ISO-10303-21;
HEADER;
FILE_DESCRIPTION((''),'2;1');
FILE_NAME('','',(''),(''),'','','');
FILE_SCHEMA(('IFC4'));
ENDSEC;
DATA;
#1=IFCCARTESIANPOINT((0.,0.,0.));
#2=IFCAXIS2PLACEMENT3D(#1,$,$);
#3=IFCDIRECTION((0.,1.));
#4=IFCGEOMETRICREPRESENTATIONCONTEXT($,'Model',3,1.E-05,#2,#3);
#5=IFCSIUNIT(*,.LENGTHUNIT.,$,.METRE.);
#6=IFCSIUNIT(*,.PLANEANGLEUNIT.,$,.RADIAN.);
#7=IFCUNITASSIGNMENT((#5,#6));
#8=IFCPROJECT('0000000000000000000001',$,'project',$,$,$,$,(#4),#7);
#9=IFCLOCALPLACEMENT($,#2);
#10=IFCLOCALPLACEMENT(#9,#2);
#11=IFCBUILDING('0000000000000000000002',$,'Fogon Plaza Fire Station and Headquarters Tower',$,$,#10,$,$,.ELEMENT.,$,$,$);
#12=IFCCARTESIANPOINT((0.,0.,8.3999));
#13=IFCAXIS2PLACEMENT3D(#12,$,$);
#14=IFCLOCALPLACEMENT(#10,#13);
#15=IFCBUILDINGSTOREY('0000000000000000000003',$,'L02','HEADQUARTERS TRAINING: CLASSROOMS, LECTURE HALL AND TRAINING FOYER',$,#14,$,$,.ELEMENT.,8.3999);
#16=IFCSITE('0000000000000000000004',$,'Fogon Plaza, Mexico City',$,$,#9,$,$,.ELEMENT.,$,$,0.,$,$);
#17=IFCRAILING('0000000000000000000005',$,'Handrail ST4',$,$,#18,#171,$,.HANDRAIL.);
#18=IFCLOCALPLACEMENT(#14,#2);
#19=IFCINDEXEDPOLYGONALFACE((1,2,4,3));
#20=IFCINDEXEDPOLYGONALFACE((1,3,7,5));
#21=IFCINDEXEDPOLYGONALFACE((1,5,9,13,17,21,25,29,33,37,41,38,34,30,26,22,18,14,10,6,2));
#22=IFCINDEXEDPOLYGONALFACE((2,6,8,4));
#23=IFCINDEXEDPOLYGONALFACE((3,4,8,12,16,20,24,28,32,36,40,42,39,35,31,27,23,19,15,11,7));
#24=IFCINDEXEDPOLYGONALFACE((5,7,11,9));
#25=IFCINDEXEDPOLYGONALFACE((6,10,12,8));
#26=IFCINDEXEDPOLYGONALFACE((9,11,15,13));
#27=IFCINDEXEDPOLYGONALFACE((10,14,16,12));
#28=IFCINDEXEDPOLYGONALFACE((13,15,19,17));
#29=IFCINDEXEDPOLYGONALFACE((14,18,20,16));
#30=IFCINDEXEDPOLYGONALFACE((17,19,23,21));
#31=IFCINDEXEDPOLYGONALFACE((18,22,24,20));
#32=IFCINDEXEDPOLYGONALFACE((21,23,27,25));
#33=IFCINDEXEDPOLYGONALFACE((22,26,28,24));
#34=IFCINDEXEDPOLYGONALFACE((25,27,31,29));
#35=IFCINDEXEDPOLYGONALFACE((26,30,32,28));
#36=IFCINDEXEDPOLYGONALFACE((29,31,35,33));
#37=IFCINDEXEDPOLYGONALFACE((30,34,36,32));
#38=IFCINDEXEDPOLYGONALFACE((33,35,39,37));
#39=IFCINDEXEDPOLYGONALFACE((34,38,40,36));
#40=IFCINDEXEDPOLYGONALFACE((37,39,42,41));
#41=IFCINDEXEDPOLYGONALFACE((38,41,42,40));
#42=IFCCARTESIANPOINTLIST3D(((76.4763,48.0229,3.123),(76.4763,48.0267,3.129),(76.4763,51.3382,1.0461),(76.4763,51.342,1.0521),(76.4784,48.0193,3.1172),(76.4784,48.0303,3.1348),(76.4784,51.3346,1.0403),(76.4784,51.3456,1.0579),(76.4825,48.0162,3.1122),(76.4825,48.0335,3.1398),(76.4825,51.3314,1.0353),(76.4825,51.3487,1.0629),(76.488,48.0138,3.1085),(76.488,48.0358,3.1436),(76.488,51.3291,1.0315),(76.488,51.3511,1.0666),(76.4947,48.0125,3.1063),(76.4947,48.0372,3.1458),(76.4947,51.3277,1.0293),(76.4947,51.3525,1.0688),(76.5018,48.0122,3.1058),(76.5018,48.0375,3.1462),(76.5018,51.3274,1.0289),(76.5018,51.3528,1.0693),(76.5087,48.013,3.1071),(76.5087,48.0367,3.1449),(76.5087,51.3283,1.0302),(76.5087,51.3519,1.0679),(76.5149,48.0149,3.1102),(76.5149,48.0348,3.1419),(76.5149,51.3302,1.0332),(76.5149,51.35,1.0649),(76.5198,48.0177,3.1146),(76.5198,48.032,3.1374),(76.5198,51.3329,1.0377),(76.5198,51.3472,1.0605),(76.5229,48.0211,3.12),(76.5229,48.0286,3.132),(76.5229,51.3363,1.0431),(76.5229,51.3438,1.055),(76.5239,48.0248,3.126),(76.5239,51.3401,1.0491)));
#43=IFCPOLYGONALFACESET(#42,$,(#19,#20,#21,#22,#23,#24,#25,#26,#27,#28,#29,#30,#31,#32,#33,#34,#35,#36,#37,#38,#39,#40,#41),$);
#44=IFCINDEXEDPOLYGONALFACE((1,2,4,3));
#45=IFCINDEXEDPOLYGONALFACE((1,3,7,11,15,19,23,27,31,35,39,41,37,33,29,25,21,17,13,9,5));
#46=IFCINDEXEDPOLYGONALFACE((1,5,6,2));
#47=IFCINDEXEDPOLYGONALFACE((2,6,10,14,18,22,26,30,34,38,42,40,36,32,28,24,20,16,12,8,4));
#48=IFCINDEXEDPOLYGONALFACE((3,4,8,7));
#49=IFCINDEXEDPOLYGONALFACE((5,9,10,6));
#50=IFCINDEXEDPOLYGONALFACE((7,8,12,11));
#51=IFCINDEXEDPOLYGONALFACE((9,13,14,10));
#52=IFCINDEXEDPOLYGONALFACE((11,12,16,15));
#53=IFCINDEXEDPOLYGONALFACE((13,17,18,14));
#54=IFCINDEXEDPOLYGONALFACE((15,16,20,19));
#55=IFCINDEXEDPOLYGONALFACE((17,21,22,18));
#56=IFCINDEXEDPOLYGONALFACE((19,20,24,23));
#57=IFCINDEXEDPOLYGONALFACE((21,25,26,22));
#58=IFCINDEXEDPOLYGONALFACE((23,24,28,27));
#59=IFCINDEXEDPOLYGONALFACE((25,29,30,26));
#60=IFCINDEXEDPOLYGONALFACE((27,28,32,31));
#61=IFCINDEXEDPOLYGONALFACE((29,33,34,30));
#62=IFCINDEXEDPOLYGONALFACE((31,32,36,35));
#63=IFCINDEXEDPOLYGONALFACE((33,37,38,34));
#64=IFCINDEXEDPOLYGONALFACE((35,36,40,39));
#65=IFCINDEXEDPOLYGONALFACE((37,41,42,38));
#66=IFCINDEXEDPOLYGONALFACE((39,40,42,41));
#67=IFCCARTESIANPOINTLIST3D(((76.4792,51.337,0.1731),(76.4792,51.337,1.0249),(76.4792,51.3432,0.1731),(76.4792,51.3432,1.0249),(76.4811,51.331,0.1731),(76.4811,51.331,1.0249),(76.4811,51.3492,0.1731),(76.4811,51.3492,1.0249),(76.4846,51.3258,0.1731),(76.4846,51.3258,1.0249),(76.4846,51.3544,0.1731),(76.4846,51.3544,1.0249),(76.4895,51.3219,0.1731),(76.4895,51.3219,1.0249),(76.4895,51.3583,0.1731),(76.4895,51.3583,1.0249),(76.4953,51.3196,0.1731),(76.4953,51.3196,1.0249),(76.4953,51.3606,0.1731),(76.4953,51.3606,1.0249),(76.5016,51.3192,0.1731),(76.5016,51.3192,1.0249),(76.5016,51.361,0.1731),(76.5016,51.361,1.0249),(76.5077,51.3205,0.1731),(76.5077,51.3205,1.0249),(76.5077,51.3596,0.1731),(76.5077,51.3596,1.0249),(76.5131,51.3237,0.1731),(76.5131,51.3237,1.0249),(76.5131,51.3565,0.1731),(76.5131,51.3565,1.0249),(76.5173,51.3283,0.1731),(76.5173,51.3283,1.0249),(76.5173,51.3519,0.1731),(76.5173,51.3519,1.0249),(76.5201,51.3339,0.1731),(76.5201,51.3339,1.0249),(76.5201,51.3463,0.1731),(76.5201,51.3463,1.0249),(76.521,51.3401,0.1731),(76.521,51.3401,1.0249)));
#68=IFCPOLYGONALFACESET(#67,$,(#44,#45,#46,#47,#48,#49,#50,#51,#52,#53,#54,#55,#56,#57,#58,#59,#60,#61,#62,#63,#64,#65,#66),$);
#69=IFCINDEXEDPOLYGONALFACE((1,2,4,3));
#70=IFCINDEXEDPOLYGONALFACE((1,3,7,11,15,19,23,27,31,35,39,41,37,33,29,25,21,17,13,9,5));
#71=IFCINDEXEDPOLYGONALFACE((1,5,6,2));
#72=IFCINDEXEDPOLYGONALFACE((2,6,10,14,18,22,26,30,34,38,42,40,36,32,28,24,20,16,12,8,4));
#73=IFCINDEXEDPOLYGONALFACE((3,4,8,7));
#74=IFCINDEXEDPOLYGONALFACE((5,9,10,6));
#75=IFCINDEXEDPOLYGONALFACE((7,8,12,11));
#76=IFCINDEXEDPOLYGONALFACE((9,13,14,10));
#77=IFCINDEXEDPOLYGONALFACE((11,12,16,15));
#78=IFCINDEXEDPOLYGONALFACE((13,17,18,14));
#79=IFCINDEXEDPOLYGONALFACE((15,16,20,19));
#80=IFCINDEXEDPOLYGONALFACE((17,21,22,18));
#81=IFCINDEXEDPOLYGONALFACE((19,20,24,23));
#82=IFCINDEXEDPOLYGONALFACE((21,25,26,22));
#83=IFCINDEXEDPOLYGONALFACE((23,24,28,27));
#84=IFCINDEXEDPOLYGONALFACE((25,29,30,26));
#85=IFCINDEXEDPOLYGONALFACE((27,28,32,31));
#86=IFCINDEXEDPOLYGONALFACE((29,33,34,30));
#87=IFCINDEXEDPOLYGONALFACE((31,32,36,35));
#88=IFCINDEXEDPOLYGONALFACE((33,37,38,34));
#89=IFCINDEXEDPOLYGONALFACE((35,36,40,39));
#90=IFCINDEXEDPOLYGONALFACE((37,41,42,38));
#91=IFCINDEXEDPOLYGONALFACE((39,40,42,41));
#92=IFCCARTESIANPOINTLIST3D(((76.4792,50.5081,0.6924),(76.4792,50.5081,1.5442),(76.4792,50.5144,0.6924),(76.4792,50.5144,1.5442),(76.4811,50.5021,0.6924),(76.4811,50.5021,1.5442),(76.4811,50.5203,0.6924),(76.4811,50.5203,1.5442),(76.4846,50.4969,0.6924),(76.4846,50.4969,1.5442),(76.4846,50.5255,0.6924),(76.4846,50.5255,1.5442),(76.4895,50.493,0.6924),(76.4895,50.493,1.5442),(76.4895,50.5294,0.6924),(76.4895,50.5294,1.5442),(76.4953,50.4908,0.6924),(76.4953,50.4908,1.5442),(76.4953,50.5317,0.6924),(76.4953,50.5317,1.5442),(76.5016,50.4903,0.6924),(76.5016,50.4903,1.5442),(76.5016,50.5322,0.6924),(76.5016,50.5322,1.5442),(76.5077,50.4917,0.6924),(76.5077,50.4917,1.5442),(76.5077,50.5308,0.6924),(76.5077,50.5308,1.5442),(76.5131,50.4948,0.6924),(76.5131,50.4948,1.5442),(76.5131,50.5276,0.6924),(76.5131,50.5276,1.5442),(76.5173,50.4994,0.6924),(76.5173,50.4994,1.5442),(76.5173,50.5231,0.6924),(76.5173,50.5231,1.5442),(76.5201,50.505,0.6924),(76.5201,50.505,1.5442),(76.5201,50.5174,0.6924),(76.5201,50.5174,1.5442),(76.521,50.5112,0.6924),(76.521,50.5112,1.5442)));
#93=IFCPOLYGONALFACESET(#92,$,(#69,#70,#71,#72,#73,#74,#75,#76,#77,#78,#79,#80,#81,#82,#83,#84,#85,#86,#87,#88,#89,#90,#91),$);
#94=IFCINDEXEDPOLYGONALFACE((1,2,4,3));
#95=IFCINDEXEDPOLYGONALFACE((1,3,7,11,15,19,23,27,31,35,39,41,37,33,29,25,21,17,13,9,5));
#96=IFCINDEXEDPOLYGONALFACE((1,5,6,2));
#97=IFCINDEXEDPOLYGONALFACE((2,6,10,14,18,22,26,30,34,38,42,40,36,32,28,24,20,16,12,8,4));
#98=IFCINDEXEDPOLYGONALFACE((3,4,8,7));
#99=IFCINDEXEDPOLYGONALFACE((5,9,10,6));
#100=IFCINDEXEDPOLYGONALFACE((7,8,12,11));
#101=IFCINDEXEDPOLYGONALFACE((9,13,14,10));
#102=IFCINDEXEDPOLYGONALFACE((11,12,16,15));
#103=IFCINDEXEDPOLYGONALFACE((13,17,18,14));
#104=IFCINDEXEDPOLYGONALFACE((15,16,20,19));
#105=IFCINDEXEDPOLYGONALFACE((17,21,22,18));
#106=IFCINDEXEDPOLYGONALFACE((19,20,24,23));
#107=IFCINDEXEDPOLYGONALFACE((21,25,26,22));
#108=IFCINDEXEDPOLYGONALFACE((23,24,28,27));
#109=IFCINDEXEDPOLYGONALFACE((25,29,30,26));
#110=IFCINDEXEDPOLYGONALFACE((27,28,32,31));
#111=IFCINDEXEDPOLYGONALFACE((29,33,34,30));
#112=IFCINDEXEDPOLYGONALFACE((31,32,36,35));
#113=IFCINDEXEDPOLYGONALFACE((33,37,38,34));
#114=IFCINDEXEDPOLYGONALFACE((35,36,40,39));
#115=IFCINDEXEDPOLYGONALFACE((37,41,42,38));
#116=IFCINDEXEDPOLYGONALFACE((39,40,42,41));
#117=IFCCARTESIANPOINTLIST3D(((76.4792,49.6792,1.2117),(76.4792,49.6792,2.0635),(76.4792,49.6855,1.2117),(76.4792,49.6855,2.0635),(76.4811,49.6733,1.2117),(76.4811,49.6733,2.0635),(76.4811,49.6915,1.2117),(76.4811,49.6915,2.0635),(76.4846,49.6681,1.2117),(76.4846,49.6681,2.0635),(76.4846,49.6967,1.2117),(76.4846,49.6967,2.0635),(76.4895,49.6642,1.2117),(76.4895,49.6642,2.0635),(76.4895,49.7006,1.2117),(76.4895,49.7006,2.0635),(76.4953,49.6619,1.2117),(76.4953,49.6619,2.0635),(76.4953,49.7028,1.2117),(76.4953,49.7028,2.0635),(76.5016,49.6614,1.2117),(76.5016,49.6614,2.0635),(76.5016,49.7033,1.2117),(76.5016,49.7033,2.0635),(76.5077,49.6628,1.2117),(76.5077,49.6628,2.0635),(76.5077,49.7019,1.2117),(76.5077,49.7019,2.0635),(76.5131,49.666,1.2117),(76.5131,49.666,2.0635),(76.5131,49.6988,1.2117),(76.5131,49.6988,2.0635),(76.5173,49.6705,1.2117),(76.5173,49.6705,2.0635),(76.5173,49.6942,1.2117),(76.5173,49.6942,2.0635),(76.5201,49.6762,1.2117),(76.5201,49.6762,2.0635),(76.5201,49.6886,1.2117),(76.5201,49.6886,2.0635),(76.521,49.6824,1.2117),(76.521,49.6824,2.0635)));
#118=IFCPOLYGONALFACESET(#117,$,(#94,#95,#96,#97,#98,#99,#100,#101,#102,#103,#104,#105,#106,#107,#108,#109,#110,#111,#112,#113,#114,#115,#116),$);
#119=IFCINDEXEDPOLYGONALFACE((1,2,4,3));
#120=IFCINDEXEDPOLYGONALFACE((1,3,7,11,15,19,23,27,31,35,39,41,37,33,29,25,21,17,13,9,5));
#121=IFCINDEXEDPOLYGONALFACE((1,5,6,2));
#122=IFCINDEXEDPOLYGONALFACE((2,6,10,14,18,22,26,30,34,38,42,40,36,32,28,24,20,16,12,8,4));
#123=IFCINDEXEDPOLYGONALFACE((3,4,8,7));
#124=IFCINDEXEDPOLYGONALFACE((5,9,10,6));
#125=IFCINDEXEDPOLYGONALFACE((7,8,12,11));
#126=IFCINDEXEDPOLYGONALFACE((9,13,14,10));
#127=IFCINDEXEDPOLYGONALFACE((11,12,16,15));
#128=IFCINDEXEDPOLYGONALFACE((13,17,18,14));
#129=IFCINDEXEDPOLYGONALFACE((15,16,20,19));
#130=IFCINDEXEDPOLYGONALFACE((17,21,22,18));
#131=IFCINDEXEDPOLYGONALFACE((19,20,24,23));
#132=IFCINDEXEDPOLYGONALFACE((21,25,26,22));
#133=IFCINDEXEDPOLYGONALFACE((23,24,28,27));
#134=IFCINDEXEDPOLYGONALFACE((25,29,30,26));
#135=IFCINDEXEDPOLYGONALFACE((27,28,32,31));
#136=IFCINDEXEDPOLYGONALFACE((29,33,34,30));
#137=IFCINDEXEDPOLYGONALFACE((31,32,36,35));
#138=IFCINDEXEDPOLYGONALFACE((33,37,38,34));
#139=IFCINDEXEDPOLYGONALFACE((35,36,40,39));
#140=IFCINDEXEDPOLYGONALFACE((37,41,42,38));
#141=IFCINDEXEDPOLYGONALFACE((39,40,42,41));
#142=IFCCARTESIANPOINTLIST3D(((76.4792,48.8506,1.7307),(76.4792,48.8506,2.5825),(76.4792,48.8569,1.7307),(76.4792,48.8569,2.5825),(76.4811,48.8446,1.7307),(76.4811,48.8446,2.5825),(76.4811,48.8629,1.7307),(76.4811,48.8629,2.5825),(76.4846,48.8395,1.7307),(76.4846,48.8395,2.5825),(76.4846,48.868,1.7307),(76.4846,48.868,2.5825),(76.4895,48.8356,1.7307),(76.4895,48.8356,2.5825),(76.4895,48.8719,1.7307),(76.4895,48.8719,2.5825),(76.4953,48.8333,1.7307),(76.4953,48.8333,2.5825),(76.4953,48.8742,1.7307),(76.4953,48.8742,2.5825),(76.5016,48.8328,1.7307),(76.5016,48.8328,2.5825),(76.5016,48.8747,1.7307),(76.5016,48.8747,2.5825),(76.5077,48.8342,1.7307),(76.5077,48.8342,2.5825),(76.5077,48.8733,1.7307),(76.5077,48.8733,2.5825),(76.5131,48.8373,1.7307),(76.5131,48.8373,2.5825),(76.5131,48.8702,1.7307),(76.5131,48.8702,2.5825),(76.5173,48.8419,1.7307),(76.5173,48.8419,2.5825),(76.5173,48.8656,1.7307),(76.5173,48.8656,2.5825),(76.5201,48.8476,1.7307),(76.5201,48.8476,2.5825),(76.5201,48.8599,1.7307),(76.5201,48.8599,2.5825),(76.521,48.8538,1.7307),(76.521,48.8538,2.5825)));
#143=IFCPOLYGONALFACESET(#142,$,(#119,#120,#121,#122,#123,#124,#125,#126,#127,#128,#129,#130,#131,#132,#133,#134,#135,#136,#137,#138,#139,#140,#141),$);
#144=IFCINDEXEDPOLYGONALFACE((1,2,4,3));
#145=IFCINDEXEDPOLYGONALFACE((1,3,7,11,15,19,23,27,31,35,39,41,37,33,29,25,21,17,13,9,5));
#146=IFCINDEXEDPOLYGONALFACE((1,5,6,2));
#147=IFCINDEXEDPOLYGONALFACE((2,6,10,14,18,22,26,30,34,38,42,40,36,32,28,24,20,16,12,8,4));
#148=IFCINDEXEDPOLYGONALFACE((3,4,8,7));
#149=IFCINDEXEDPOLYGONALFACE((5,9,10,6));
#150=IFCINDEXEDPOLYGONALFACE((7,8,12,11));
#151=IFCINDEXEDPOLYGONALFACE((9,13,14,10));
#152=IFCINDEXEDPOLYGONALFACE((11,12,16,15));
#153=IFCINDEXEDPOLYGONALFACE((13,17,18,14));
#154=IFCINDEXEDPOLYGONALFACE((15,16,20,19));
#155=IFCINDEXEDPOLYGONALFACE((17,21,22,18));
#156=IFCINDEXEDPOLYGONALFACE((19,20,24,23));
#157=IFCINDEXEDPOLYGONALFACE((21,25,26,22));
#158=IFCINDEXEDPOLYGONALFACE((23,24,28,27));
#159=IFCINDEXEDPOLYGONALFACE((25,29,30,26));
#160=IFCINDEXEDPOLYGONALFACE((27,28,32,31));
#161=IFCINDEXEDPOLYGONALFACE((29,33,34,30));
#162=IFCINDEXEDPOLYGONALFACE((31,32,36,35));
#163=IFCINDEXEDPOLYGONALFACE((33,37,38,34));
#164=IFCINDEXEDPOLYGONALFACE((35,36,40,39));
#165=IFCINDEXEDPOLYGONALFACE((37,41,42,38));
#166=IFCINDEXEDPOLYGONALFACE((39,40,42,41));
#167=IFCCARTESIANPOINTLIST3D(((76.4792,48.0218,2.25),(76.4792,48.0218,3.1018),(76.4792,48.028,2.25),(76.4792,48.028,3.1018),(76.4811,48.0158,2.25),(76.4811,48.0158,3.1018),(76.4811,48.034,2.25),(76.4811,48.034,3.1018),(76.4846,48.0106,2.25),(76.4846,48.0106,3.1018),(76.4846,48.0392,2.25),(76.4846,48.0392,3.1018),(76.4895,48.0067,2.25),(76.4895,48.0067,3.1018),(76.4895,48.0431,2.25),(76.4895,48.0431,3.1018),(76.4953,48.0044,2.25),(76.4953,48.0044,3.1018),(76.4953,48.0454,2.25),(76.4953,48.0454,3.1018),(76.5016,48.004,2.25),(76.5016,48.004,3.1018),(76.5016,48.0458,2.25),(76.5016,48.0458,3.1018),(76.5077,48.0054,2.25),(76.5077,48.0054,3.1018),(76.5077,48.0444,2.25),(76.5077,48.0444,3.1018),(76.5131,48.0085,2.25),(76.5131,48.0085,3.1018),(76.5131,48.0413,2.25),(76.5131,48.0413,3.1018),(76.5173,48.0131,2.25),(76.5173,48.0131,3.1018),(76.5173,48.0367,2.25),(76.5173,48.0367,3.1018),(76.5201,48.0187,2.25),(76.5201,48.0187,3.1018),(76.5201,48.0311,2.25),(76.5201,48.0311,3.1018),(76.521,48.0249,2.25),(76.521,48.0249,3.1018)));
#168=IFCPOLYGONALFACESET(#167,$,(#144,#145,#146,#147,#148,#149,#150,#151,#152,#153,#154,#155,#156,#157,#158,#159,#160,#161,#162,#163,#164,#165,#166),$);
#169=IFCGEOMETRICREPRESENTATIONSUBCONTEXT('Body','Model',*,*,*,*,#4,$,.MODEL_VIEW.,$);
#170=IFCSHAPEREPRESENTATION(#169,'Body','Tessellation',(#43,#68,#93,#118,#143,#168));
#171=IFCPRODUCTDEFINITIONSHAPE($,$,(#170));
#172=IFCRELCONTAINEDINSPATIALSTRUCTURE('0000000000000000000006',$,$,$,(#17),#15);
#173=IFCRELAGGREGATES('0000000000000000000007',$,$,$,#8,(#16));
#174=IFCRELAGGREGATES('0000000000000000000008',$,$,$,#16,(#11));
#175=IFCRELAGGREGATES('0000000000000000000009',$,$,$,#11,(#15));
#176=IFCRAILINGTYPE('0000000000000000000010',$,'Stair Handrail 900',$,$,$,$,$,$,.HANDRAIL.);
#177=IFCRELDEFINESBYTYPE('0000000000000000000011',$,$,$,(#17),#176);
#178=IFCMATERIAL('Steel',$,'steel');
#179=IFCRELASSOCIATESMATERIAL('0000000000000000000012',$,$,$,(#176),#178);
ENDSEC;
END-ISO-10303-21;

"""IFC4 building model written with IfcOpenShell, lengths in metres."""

from ifc_helpers import new_model, si_unit, direction, frame, origin, origin_2d, place, context, subcontext, project, spatial, circle, extrude, material, type_object, element, save


model = new_model("IFC4")

# Units and contexts
model_context = context("Model", 3, precision=1e-05, world=origin(), true_north=direction((0.0, 1.0)))
body_context = subcontext(model_context, "Body", "Model", "MODEL_VIEW")
ifc_project = project(units=[si_unit("LENGTHUNIT", "METRE"), si_unit("PLANEANGLEUNIT", "RADIAN")], contexts=[model_context])

# Site, building, storey
site_placement = place(None, origin())
site = spatial("IfcSite", under=ifc_project, at=site_placement, Name="Fogon Plaza, Mexico City", CompositionType="ELEMENT", RefElevation=0.0)
building_placement = place(site_placement, origin())
building = spatial("IfcBuilding", under=site, at=building_placement, Name="Fogon Plaza Fire Station and Headquarters Tower", CompositionType="ELEMENT")
storey_placement = place(building_placement, frame((0.0, 0.0, 8.3999)))
storey = spatial("IfcBuildingStorey", under=building, at=storey_placement, Name="L02", Description="HEADQUARTERS TRAINING: CLASSROOMS, LECTURE HALL AND TRAINING FOYER", CompositionType="ELEMENT", Elevation=8.3999)

# Railing
ifc_material_1 = material(Name="Steel", Category="steel")
railing_type = type_object("IfcRailingType", Name="Stair Handrail 900", PredefinedType="HANDRAIL", material=ifc_material_1)
for number, where, name in (
    (1, (76.5, 51.3401, 0.1731), "Handrail ST4"),
):
    element("IfcRailing", number, at=place(storey_placement, frame(where)), inside=storey, type_object=railing_type, Name=name, PredefinedType="HANDRAIL", context=body_context, shape_type="SweptSolid", body=[
        extrude(circle(Radius=0.0239, at=origin_2d()), frame((0.0, 0.0, 0.876), z_axis=(0.0, -0.847433, 0.530902), x_axis=(1.0, 0.0, 0.0)), (0.0, 0.0, 1.0), 3.9121),
        extrude(circle(Radius=0.021, at=origin_2d()), origin(), (0.0, 0.0, 1.0), 0.8518),
        extrude(circle(Radius=0.021, at=origin_2d()), frame((0.0, -0.8289, 0.5193)), (0.0, 0.0, 1.0), 0.8518),
        extrude(circle(Radius=0.021, at=origin_2d()), frame((0.0, -1.6577, 1.0386)), (0.0, 0.0, 1.0), 0.8518),
        extrude(circle(Radius=0.021, at=origin_2d()), frame((0.0, -2.4863, 1.5576)), (0.0, 0.0, 1.0), 0.8518),
        extrude(circle(Radius=0.021, at=origin_2d()), frame((0.0, -3.3152, 2.0769)), (0.0, 0.0, 1.0), 0.8518),
    ])

save(model, "model.ifc")
